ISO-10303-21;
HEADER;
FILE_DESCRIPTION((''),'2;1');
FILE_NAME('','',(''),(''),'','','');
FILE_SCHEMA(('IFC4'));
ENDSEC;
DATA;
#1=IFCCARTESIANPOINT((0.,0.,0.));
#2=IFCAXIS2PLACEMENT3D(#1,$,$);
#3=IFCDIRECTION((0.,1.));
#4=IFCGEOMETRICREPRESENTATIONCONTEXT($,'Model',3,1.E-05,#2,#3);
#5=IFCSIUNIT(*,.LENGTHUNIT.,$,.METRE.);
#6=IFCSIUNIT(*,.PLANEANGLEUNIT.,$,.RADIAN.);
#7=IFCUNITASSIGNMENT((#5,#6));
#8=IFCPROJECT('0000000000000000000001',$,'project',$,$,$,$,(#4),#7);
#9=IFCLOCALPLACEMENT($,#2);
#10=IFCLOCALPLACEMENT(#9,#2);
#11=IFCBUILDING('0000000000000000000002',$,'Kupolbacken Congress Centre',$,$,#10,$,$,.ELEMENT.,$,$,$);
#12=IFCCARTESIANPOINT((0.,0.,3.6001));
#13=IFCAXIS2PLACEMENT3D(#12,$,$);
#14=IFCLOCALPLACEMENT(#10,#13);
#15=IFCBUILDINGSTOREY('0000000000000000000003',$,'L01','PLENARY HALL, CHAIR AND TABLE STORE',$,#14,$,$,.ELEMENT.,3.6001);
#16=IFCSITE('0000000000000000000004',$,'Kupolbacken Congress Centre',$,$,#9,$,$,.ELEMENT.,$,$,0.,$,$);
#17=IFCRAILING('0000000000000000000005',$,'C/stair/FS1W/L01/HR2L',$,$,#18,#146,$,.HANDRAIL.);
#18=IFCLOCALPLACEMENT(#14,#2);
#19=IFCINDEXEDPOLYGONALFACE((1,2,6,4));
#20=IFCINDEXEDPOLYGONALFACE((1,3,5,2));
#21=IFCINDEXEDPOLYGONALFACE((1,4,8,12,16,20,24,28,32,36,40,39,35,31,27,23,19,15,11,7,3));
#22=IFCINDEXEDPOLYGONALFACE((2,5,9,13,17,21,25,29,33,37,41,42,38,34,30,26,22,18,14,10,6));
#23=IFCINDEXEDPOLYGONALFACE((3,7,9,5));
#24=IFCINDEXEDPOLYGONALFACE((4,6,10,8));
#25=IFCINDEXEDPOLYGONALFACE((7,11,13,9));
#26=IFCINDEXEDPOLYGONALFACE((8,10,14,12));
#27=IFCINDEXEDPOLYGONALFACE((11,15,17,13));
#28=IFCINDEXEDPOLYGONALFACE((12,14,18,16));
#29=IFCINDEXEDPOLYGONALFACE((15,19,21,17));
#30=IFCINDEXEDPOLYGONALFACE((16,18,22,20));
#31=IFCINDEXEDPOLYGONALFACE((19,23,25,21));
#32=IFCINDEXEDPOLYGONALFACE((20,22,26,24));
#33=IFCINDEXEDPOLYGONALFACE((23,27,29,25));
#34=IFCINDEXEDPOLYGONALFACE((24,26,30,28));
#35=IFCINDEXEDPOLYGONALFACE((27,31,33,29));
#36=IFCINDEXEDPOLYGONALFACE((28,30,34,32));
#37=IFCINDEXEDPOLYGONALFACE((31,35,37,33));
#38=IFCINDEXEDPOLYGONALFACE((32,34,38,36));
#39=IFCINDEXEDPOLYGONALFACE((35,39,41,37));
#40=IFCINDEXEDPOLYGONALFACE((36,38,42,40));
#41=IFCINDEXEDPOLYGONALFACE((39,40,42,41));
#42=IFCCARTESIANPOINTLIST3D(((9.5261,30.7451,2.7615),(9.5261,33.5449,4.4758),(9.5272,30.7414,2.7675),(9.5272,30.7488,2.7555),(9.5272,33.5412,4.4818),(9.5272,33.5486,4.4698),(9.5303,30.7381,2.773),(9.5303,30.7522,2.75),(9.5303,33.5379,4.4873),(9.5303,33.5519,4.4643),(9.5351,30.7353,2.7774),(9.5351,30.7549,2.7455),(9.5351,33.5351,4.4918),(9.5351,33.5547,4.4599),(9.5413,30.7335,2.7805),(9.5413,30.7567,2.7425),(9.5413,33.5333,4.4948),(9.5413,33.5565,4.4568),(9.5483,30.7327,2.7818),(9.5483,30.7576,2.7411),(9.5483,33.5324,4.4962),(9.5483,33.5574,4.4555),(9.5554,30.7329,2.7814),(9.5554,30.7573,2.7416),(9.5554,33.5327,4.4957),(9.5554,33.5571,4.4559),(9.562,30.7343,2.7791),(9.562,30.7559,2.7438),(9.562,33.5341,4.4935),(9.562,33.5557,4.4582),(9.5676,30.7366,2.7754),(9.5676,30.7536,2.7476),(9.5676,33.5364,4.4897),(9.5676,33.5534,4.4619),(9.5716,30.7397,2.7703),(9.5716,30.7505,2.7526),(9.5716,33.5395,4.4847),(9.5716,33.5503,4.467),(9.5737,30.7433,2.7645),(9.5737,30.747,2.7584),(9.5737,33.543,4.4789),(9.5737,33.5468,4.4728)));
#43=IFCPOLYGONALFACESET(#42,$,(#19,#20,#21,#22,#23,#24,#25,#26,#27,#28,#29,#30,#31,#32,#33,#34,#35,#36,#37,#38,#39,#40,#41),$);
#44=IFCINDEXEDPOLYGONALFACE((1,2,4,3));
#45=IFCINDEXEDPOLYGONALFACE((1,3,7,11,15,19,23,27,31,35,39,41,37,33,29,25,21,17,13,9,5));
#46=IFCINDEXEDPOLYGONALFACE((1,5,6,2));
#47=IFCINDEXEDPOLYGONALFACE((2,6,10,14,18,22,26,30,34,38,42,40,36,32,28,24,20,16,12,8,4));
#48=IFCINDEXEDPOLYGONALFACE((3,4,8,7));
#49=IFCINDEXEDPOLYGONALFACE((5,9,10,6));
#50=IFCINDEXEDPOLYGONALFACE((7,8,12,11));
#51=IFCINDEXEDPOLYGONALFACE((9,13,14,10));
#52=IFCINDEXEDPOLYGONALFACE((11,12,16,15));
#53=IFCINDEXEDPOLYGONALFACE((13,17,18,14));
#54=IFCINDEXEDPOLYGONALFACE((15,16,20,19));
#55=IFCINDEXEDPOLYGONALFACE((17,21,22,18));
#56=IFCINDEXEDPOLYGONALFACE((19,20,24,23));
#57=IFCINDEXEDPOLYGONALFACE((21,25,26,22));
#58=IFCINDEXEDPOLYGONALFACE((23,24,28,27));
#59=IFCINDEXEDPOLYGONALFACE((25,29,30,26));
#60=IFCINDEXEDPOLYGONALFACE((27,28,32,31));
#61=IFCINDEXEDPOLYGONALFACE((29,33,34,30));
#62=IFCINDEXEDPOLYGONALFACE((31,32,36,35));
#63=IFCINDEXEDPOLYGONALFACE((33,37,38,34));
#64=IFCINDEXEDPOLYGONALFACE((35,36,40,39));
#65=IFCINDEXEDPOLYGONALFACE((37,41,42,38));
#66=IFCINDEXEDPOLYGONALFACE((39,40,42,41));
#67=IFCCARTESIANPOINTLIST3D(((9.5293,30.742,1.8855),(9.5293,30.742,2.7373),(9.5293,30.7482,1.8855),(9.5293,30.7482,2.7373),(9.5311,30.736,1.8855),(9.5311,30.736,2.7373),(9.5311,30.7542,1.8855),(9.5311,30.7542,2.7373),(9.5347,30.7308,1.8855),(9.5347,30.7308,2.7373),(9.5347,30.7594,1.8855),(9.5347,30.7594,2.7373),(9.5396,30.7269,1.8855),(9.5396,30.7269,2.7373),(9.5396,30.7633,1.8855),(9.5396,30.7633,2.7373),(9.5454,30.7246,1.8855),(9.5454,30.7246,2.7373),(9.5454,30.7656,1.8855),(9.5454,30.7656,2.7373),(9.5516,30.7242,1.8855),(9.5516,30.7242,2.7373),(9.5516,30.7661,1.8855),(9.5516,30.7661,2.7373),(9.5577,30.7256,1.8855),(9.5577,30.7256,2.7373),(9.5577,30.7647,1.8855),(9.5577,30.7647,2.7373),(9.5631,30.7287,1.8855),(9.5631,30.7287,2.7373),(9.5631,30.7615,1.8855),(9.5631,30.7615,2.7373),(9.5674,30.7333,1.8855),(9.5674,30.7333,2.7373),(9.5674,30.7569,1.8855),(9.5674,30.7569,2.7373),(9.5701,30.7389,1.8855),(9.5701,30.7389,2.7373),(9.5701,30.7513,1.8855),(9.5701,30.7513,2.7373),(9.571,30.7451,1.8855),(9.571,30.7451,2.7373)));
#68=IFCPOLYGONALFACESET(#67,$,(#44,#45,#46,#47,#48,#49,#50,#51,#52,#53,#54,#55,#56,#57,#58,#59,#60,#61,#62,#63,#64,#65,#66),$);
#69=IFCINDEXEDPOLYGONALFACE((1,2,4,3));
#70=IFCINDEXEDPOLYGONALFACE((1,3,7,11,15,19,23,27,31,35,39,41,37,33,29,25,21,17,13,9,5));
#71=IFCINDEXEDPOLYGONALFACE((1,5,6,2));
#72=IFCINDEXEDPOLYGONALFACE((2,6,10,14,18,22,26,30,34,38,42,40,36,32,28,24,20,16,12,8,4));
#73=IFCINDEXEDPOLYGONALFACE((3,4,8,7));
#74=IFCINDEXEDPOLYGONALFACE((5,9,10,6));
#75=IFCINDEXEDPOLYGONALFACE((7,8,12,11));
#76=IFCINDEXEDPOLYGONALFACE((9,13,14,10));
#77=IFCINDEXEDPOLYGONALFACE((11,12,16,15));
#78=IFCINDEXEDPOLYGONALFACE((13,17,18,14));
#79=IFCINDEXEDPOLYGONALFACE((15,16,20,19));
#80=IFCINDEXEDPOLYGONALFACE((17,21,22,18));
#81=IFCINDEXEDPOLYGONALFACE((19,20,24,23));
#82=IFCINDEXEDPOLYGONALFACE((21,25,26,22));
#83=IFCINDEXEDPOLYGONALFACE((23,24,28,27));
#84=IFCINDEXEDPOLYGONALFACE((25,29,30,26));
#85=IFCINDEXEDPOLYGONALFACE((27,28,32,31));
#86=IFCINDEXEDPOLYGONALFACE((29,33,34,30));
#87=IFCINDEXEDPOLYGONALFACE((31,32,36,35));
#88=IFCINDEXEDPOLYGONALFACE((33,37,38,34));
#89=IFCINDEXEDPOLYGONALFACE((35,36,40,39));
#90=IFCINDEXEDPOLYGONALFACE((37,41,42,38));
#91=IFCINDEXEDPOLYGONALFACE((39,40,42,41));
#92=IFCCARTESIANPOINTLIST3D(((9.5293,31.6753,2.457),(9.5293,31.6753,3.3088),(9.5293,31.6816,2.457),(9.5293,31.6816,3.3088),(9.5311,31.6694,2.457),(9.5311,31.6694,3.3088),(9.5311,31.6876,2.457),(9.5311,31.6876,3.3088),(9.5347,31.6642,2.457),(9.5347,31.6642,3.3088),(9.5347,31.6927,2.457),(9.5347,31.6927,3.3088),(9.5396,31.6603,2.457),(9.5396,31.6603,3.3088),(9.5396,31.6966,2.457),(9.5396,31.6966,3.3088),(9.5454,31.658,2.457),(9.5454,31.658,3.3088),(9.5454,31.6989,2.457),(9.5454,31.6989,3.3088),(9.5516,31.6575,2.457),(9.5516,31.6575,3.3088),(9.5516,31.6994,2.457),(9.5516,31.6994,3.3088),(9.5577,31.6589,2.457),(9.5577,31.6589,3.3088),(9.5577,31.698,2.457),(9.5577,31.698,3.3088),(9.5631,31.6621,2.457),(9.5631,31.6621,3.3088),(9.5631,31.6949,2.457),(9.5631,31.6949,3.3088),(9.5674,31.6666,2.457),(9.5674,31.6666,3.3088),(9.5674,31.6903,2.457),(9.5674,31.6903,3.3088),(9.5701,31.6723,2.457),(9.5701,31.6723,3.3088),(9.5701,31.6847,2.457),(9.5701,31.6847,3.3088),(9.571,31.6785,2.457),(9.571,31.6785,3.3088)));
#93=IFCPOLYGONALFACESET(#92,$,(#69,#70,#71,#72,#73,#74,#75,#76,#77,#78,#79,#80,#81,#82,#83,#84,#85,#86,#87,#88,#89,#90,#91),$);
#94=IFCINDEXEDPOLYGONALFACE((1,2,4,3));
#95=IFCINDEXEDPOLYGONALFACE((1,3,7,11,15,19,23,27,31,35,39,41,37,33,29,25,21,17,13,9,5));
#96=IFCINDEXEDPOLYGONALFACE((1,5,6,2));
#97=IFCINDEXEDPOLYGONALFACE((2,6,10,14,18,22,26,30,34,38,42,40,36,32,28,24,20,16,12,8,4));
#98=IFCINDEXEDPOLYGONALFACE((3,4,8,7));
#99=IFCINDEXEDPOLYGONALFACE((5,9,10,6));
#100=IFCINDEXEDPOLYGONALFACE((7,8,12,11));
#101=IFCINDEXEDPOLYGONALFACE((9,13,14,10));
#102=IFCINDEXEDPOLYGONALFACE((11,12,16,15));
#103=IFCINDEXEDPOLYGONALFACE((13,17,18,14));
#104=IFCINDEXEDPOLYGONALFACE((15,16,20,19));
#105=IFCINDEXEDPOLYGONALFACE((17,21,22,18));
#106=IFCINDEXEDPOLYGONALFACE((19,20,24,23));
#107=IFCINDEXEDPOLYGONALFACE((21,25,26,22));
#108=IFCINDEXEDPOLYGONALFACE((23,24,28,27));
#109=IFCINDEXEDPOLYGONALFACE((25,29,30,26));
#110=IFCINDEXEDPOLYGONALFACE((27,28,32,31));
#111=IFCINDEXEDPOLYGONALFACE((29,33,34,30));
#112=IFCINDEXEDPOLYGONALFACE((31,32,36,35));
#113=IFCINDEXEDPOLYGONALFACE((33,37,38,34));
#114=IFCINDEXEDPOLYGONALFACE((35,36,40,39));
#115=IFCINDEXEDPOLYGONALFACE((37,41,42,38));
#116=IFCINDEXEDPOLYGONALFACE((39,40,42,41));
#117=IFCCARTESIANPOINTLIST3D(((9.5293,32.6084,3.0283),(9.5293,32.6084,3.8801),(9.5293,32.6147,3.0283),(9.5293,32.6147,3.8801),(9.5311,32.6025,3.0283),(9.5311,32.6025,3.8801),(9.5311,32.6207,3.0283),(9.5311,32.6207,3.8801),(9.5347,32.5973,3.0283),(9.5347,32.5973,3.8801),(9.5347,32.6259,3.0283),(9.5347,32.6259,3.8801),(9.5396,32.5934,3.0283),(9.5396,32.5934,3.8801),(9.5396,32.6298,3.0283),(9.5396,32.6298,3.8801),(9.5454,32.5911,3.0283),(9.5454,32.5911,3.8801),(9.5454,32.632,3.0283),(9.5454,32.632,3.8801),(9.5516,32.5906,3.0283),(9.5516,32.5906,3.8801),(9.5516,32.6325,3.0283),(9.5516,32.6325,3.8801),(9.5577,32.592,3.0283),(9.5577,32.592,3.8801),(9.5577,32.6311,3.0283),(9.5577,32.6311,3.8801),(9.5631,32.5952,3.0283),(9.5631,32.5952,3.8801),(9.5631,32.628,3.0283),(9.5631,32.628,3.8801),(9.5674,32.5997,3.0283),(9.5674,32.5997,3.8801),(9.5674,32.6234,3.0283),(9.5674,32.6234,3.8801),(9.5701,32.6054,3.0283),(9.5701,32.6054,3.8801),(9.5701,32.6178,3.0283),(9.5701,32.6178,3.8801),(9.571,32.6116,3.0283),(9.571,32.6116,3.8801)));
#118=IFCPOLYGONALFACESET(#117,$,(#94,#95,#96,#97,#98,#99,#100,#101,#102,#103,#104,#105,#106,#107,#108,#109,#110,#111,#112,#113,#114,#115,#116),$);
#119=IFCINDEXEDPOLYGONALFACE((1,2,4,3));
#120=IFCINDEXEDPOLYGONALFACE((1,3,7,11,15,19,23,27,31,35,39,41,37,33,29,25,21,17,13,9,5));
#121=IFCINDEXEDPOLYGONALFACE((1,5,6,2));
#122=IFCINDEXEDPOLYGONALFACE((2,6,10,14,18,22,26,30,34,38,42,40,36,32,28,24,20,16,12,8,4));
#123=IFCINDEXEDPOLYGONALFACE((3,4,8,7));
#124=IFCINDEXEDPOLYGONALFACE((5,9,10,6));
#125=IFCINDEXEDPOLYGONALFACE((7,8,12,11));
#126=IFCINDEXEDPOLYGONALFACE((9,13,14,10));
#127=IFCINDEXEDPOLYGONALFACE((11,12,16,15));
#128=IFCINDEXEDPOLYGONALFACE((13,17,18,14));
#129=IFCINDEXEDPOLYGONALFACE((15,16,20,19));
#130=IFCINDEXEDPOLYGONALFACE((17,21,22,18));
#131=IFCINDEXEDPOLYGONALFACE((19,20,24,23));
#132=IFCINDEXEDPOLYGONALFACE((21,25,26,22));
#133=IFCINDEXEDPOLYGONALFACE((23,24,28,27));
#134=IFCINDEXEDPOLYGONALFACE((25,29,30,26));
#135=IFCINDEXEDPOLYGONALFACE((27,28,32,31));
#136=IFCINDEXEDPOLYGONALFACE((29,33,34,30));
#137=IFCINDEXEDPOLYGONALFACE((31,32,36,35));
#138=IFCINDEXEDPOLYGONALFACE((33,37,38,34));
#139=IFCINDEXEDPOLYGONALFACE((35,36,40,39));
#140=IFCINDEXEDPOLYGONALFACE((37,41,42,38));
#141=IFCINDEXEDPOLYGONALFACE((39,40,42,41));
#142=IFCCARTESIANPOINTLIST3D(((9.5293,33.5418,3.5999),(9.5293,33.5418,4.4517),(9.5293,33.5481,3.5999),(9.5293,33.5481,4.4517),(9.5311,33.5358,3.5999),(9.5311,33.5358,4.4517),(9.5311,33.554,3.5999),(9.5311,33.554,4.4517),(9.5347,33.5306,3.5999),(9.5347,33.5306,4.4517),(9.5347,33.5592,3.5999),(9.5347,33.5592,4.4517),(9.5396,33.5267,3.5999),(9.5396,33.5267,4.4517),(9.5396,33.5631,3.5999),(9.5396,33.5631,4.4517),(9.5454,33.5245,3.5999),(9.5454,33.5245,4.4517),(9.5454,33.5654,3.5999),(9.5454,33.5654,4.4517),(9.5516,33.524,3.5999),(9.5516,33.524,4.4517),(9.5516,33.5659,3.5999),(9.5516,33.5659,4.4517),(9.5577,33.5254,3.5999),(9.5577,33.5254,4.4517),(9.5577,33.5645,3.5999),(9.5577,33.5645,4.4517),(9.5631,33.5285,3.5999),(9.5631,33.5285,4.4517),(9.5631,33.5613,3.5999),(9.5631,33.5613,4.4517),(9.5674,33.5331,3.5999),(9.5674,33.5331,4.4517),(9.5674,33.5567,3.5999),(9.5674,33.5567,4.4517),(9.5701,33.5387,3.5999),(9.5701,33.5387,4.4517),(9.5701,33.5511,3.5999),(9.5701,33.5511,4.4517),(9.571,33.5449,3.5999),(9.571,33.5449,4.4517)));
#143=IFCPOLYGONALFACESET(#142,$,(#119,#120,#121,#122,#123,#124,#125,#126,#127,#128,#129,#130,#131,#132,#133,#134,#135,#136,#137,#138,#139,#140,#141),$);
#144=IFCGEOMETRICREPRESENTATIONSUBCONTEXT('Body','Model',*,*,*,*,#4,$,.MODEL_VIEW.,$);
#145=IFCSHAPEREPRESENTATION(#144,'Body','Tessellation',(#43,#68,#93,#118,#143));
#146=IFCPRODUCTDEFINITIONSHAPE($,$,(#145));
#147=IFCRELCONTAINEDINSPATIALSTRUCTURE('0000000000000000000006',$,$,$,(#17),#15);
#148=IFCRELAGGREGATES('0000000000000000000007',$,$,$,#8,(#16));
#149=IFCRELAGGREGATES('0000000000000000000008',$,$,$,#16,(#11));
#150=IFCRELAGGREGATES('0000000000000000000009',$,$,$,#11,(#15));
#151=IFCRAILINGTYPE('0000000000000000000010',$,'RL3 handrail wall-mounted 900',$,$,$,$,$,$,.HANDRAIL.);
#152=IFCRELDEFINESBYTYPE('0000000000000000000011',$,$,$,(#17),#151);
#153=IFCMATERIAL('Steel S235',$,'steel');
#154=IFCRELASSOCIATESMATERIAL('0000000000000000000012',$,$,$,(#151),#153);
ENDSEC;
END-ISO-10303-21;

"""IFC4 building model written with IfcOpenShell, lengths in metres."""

from ifc_helpers import new_model, si_unit, direction, frame, origin, origin_2d, place, context, subcontext, project, spatial, circle, extrude, material, type_object, element, save


model = new_model("IFC4")

# Units and contexts
model_context = context("Model", 3, precision=1e-05, world=origin(), true_north=direction((0.0, 1.0)))
body_context = subcontext(model_context, "Body", "Model", "MODEL_VIEW")
ifc_project = project(units=[si_unit("LENGTHUNIT", "METRE"), si_unit("PLANEANGLEUNIT", "RADIAN")], contexts=[model_context])

# Site, building, storey
site_placement = place(None, origin())
site = spatial("IfcSite", under=ifc_project, at=site_placement, Name="Kupolbacken Congress Centre", CompositionType="ELEMENT", RefElevation=0.0)
building_placement = place(site_placement, origin())
building = spatial("IfcBuilding", under=site, at=building_placement, Name="Kupolbacken Congress Centre", CompositionType="ELEMENT")
storey_placement = place(building_placement, frame((0.0, 0.0, 3.6001)))
storey = spatial("IfcBuildingStorey", under=building, at=storey_placement, Name="L01", Description="PLENARY HALL, CHAIR AND TABLE STORE", CompositionType="ELEMENT", Elevation=3.6001)

# Railing
ifc_material_1 = material(Name="Steel S235", Category="steel")
railing_type = type_object("IfcRailingType", Name="RL3 handrail wall-mounted 900", PredefinedType="HANDRAIL", material=ifc_material_1)
for number, where, name in (
    (1, (9.55, 30.7451, 1.8855), "C/stair/FS1W/L01/HR2L"),
):
    element("IfcRailing", number, at=place(storey_placement, frame(where)), inside=storey, type_object=railing_type, Name=name, PredefinedType="HANDRAIL", context=body_context, shape_type="SweptSolid", body=[
        extrude(circle(Radius=0.0239, at=origin_2d()), frame((0.0, 0.0, 0.876), z_axis=(0.0, 0.852826, 0.522196), x_axis=(-1.0, 0.0, 0.0)), (0.0, 0.0, 1.0), 3.283),
        extrude(circle(Radius=0.021, at=origin_2d()), origin(), (0.0, 0.0, 1.0), 0.8518),
        extrude(circle(Radius=0.021, at=origin_2d()), frame((0.0, 0.9333, 0.5715)), (0.0, 0.0, 1.0), 0.8518),
        extrude(circle(Radius=0.021, at=origin_2d()), frame((0.0, 1.8665, 1.1428)), (0.0, 0.0, 1.0), 0.8518),
        extrude(circle(Radius=0.021, at=origin_2d()), frame((0.0, 2.7998, 1.7144)), (0.0, 0.0, 1.0), 0.8518),
    ])

save(model, "model.ifc")
